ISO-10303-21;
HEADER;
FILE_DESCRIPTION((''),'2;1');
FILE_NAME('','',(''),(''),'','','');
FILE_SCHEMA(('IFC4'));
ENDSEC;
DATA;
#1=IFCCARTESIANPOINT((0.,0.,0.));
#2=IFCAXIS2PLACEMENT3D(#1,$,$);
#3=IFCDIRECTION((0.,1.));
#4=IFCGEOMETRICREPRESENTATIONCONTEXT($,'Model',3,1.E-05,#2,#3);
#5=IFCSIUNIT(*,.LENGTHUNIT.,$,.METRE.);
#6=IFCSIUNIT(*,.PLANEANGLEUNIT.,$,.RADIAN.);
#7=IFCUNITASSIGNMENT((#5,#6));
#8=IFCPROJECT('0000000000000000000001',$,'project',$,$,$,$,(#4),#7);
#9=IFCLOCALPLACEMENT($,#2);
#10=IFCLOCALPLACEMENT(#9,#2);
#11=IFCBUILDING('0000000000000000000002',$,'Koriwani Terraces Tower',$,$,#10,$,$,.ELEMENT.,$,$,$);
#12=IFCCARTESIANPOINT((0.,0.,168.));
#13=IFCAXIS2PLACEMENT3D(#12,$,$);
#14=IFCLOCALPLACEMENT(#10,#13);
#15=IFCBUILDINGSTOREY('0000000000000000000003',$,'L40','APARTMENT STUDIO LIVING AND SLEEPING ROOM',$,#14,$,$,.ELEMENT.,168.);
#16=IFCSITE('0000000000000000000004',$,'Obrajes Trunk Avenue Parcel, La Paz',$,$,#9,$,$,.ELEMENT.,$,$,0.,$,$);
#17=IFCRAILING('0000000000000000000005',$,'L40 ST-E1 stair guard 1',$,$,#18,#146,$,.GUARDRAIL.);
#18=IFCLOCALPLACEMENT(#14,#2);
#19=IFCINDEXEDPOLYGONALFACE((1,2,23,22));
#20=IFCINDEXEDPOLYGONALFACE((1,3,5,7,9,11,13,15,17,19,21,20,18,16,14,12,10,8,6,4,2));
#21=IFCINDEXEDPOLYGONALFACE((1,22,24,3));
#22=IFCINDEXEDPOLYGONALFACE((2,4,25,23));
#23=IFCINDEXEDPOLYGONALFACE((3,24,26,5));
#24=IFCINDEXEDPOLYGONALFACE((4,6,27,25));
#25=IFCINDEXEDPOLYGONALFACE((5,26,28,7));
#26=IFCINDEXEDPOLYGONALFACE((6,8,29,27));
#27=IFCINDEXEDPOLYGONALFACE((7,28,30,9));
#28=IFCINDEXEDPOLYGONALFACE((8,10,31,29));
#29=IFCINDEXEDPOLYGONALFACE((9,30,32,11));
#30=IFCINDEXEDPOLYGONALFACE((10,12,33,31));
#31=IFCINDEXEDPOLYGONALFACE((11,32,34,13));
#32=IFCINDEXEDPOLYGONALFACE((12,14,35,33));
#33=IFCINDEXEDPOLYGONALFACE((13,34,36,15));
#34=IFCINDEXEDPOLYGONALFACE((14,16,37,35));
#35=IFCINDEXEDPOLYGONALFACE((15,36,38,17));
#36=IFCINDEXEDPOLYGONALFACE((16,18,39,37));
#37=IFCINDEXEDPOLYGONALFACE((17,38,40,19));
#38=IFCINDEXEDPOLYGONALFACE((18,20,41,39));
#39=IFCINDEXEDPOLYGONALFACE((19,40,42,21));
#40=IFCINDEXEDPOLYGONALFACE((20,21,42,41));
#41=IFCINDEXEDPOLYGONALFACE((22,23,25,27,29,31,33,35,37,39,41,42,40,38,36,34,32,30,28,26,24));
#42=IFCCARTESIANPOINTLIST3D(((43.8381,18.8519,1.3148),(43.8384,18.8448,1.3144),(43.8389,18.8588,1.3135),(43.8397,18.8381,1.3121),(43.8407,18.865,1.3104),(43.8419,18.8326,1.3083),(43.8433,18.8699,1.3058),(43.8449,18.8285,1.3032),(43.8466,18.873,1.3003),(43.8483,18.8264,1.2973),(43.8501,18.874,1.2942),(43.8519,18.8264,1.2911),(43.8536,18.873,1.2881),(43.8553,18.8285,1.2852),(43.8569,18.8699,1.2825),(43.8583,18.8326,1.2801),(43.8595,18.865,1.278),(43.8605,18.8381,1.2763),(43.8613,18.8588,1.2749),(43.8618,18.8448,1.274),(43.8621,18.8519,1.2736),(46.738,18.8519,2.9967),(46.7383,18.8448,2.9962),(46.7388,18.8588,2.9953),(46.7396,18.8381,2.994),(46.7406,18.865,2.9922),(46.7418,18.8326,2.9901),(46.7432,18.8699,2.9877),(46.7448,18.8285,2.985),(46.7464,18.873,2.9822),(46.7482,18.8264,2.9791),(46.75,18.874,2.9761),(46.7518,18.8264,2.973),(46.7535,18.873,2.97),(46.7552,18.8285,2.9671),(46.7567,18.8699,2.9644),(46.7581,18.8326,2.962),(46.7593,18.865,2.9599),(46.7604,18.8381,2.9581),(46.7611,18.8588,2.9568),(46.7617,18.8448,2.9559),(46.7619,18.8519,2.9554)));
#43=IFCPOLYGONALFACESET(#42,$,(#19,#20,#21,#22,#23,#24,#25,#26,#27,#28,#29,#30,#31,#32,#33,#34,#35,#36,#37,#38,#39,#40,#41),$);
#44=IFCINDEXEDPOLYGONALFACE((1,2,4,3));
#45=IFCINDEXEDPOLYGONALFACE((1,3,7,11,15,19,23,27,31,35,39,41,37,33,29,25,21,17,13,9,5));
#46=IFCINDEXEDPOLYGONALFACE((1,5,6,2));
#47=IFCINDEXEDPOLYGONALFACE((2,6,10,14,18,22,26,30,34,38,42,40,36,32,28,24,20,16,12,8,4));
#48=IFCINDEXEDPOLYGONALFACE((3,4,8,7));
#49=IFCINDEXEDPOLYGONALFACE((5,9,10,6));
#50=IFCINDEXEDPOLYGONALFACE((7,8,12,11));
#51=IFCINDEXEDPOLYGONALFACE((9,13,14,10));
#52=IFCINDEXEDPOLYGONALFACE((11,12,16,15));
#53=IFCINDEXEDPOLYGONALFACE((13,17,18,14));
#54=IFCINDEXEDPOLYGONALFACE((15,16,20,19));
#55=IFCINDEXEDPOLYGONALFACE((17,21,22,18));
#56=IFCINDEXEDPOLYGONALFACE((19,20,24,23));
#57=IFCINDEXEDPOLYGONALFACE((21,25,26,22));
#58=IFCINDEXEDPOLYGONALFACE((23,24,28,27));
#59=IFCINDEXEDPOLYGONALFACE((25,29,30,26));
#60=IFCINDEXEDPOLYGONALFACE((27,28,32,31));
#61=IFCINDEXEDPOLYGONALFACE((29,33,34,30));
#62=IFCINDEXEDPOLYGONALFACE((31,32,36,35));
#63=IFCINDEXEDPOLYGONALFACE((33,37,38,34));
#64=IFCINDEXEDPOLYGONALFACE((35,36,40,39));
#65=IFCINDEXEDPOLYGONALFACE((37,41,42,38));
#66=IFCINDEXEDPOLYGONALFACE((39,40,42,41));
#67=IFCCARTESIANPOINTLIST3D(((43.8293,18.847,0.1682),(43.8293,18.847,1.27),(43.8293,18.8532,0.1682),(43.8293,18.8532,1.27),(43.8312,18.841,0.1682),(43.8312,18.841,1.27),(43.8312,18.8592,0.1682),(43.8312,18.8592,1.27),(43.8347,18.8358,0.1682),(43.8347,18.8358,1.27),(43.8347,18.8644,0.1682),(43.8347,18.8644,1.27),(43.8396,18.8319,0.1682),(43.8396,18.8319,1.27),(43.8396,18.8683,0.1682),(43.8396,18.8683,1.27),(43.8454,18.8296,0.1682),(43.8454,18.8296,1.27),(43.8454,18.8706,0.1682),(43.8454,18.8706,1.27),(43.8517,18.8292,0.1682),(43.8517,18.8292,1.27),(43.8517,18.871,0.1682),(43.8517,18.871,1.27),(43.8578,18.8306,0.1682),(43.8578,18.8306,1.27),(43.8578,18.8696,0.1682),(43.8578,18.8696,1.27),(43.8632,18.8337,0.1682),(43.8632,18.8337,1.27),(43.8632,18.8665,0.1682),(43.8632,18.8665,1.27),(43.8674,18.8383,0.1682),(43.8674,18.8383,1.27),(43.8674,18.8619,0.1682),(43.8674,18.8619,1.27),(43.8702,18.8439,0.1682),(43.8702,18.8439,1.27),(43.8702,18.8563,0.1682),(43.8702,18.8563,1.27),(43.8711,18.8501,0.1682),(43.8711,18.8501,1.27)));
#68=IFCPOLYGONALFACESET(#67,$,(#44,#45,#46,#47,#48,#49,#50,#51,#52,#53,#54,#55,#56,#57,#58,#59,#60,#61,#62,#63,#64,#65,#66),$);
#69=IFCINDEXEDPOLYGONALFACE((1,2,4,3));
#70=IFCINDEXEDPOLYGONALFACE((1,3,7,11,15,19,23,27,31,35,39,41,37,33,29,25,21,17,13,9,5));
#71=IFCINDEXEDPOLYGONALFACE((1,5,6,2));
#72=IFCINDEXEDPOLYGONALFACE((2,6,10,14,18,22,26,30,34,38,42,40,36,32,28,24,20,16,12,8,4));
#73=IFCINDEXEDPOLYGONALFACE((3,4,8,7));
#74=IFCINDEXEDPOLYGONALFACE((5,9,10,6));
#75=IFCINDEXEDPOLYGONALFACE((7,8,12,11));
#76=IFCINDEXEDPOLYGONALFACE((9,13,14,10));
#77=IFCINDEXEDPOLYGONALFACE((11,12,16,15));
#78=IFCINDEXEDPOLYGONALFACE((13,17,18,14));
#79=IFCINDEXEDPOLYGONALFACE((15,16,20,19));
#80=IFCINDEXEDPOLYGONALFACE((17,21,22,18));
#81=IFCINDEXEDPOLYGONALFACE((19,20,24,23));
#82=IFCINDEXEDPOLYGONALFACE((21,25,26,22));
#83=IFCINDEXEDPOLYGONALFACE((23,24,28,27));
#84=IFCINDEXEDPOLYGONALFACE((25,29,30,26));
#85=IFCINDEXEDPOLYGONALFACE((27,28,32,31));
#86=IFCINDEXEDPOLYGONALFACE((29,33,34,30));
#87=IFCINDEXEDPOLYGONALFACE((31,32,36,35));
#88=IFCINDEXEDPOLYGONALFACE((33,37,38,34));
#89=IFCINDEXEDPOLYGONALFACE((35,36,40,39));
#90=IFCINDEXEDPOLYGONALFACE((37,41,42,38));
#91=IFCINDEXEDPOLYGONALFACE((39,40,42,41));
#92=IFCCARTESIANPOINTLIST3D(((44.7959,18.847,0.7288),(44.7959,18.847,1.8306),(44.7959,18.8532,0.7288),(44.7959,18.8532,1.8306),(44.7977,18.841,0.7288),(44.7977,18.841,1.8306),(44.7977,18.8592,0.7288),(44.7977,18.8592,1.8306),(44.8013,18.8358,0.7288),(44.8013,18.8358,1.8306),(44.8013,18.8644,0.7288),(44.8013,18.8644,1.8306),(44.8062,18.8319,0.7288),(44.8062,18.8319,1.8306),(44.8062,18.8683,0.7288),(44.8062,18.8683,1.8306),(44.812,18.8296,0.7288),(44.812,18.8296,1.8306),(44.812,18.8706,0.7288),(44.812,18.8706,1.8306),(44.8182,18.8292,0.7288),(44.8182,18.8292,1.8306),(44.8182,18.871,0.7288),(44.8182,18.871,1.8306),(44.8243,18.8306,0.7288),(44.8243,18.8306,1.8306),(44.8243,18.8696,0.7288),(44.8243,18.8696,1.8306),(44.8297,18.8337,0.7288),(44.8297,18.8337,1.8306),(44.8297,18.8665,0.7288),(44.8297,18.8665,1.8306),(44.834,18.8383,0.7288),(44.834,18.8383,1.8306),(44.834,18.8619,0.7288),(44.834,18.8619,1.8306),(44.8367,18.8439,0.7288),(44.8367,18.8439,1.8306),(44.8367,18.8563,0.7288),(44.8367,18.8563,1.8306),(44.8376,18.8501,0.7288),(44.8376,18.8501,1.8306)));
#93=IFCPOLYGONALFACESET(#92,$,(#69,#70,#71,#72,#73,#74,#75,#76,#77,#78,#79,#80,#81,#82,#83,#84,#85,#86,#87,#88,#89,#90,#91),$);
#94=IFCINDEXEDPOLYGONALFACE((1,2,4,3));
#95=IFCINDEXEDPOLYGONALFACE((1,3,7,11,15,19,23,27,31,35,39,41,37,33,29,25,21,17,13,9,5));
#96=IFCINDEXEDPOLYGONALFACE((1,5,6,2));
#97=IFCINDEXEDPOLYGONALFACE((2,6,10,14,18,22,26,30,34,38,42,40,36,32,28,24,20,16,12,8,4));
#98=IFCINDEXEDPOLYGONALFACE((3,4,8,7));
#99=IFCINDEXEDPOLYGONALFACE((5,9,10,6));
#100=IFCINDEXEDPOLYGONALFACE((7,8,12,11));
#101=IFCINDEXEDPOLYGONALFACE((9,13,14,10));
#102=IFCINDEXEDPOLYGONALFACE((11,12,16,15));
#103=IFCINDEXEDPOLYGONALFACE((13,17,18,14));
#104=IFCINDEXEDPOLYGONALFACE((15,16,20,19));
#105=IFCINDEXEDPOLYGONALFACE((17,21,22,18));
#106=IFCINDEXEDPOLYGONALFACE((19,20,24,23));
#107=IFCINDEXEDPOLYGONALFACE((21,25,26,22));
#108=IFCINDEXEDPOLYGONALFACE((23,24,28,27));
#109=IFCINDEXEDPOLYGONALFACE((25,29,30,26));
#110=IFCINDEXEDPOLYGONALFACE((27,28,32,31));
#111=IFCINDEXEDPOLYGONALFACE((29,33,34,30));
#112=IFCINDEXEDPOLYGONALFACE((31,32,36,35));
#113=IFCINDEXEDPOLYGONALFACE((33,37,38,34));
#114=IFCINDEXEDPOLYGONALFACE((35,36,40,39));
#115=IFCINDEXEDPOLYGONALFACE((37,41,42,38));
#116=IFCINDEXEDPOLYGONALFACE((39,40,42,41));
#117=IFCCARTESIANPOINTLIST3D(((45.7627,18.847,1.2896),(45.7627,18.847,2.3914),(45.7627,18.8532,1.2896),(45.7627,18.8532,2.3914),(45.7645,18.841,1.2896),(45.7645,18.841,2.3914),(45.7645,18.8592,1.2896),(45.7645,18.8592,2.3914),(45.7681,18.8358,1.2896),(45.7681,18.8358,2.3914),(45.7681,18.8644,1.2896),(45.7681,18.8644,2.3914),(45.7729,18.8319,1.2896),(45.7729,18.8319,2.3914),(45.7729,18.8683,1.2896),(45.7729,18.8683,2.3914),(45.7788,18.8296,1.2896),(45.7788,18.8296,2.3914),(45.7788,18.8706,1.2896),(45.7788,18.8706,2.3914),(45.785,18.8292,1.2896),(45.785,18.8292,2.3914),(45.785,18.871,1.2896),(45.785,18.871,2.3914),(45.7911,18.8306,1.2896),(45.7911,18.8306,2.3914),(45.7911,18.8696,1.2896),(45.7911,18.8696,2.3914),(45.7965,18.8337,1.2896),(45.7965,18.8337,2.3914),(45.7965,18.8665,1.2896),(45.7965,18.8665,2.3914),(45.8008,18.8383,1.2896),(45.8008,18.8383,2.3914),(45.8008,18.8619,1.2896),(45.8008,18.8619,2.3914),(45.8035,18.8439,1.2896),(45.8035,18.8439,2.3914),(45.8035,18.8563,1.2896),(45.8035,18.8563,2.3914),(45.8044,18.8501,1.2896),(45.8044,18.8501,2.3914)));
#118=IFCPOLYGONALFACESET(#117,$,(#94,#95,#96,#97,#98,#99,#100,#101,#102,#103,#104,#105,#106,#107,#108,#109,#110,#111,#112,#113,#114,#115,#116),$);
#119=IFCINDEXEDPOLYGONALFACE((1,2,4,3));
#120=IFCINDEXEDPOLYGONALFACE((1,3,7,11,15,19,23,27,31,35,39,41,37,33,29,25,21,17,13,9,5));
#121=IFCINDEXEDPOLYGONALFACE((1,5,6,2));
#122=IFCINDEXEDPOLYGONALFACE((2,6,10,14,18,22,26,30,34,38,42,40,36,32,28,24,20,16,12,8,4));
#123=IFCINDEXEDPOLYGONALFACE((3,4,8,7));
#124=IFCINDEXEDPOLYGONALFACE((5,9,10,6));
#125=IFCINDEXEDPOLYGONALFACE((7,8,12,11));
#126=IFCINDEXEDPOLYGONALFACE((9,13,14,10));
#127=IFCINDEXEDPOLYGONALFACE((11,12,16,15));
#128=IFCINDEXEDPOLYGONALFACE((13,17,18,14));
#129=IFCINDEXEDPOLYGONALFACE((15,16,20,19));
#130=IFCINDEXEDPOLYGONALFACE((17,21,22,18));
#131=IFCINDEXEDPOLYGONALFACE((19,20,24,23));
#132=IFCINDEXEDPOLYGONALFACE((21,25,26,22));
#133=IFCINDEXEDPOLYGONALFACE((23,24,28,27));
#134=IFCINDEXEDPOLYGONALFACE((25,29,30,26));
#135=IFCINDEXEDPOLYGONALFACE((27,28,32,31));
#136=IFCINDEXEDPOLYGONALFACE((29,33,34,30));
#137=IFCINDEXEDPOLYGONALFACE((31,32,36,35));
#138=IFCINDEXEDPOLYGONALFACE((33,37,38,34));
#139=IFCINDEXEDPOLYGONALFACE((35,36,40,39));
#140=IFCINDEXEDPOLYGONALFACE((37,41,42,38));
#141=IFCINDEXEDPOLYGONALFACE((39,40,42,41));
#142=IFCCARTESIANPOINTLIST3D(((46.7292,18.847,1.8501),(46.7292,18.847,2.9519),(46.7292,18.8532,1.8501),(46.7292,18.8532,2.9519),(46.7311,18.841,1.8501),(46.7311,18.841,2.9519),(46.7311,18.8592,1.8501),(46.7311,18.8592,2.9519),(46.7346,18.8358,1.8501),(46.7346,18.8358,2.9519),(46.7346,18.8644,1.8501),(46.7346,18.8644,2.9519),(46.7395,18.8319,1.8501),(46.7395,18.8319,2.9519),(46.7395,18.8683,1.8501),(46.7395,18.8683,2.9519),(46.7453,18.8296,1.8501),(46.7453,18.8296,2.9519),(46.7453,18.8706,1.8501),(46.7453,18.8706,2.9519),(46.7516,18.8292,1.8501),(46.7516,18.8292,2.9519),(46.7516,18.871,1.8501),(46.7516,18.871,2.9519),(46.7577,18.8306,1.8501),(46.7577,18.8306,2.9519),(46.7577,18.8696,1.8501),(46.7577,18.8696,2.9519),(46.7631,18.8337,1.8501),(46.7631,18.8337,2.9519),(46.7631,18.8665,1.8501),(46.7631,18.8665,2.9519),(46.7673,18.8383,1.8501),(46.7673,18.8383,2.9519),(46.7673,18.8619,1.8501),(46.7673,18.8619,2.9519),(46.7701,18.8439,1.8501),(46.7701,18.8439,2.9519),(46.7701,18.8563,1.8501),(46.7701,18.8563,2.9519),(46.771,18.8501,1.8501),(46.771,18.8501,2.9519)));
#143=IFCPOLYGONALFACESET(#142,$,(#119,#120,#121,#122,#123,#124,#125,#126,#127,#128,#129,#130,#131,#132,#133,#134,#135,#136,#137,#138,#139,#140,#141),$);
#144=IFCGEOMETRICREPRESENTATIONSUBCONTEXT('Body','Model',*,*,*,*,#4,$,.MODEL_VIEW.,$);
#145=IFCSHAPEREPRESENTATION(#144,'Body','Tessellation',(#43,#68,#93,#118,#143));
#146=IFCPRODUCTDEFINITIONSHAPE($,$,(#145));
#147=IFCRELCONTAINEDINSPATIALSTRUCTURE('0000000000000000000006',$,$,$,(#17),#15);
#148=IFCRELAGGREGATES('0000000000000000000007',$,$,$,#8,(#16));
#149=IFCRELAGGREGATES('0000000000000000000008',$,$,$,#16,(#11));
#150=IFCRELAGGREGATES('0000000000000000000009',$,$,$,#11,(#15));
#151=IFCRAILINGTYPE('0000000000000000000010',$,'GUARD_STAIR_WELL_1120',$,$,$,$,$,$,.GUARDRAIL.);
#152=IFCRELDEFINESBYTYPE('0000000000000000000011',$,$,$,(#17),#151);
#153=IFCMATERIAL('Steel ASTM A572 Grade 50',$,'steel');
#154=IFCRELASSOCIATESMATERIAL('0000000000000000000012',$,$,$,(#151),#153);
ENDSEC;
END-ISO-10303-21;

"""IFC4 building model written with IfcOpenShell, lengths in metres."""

from ifc_helpers import new_model, si_unit, direction, frame, origin, origin_2d, place, context, subcontext, project, spatial, circle, extrude, material, type_object, element, save


model = new_model("IFC4")

# Units and contexts
model_context = context("Model", 3, precision=1e-05, world=origin(), true_north=direction((0.0, 1.0)))
body_context = subcontext(model_context, "Body", "Model", "MODEL_VIEW")
ifc_project = project(units=[si_unit("LENGTHUNIT", "METRE"), si_unit("PLANEANGLEUNIT", "RADIAN")], contexts=[model_context])

# Site, building, storey
site_placement = place(None, origin())
site = spatial("IfcSite", under=ifc_project, at=site_placement, Name="Obrajes Trunk Avenue Parcel, La Paz", CompositionType="ELEMENT", RefElevation=0.0)
building_placement = place(site_placement, origin())
building = spatial("IfcBuilding", under=site, at=building_placement, Name="Koriwani Terraces Tower", CompositionType="ELEMENT")
storey_placement = place(building_placement, frame((0.0, 0.0, 168.0)))
storey = spatial("IfcBuildingStorey", under=building, at=storey_placement, Name="L40", Description="APARTMENT STUDIO LIVING AND SLEEPING ROOM", CompositionType="ELEMENT", Elevation=168.0)

# Shared definitions
ifc_material_1 = material(Name="Steel ASTM A572 Grade 50", Category="steel")

# Railing
railing_type_1 = type_object("IfcRailingType", Name="GUARD_STAIR_WELL_1120", PredefinedType="GUARDRAIL", material=ifc_material_1)
railing_1_placement = place(storey_placement, frame((43.8501, 18.8501, 0.1682)))
element("IfcRailing", 1, at=railing_1_placement, inside=storey, type_object=railing_type_1, Name="L40 ST-E1 stair guard 1", PredefinedType="GUARDRAIL", context=body_context, shape_type="SweptSolid", body=[
    extrude(circle(Radius=0.0239, at=origin_2d()), frame((0.0, 0.0, 1.126), z_axis=(0.865039, 0.0, 0.501705), x_axis=(0.0, 1.0, 0.0)), (0.0, 0.0, 1.0), 3.3523),
    extrude(circle(Radius=0.021, at=origin_2d()), origin(), (0.0, 0.0, 1.0), 1.1018),
    extrude(circle(Radius=0.021, at=origin_2d()), frame((0.9666, 0.0, 0.5605)), (0.0, 0.0, 1.0), 1.1018),
    extrude(circle(Radius=0.021, at=origin_2d()), frame((1.9333, 0.0, 1.1213)), (0.0, 0.0, 1.0), 1.1018),
    extrude(circle(Radius=0.021, at=origin_2d()), frame((2.8999, 0.0, 1.6819)), (0.0, 0.0, 1.0), 1.1018),
])

save(model, "model.ifc")
